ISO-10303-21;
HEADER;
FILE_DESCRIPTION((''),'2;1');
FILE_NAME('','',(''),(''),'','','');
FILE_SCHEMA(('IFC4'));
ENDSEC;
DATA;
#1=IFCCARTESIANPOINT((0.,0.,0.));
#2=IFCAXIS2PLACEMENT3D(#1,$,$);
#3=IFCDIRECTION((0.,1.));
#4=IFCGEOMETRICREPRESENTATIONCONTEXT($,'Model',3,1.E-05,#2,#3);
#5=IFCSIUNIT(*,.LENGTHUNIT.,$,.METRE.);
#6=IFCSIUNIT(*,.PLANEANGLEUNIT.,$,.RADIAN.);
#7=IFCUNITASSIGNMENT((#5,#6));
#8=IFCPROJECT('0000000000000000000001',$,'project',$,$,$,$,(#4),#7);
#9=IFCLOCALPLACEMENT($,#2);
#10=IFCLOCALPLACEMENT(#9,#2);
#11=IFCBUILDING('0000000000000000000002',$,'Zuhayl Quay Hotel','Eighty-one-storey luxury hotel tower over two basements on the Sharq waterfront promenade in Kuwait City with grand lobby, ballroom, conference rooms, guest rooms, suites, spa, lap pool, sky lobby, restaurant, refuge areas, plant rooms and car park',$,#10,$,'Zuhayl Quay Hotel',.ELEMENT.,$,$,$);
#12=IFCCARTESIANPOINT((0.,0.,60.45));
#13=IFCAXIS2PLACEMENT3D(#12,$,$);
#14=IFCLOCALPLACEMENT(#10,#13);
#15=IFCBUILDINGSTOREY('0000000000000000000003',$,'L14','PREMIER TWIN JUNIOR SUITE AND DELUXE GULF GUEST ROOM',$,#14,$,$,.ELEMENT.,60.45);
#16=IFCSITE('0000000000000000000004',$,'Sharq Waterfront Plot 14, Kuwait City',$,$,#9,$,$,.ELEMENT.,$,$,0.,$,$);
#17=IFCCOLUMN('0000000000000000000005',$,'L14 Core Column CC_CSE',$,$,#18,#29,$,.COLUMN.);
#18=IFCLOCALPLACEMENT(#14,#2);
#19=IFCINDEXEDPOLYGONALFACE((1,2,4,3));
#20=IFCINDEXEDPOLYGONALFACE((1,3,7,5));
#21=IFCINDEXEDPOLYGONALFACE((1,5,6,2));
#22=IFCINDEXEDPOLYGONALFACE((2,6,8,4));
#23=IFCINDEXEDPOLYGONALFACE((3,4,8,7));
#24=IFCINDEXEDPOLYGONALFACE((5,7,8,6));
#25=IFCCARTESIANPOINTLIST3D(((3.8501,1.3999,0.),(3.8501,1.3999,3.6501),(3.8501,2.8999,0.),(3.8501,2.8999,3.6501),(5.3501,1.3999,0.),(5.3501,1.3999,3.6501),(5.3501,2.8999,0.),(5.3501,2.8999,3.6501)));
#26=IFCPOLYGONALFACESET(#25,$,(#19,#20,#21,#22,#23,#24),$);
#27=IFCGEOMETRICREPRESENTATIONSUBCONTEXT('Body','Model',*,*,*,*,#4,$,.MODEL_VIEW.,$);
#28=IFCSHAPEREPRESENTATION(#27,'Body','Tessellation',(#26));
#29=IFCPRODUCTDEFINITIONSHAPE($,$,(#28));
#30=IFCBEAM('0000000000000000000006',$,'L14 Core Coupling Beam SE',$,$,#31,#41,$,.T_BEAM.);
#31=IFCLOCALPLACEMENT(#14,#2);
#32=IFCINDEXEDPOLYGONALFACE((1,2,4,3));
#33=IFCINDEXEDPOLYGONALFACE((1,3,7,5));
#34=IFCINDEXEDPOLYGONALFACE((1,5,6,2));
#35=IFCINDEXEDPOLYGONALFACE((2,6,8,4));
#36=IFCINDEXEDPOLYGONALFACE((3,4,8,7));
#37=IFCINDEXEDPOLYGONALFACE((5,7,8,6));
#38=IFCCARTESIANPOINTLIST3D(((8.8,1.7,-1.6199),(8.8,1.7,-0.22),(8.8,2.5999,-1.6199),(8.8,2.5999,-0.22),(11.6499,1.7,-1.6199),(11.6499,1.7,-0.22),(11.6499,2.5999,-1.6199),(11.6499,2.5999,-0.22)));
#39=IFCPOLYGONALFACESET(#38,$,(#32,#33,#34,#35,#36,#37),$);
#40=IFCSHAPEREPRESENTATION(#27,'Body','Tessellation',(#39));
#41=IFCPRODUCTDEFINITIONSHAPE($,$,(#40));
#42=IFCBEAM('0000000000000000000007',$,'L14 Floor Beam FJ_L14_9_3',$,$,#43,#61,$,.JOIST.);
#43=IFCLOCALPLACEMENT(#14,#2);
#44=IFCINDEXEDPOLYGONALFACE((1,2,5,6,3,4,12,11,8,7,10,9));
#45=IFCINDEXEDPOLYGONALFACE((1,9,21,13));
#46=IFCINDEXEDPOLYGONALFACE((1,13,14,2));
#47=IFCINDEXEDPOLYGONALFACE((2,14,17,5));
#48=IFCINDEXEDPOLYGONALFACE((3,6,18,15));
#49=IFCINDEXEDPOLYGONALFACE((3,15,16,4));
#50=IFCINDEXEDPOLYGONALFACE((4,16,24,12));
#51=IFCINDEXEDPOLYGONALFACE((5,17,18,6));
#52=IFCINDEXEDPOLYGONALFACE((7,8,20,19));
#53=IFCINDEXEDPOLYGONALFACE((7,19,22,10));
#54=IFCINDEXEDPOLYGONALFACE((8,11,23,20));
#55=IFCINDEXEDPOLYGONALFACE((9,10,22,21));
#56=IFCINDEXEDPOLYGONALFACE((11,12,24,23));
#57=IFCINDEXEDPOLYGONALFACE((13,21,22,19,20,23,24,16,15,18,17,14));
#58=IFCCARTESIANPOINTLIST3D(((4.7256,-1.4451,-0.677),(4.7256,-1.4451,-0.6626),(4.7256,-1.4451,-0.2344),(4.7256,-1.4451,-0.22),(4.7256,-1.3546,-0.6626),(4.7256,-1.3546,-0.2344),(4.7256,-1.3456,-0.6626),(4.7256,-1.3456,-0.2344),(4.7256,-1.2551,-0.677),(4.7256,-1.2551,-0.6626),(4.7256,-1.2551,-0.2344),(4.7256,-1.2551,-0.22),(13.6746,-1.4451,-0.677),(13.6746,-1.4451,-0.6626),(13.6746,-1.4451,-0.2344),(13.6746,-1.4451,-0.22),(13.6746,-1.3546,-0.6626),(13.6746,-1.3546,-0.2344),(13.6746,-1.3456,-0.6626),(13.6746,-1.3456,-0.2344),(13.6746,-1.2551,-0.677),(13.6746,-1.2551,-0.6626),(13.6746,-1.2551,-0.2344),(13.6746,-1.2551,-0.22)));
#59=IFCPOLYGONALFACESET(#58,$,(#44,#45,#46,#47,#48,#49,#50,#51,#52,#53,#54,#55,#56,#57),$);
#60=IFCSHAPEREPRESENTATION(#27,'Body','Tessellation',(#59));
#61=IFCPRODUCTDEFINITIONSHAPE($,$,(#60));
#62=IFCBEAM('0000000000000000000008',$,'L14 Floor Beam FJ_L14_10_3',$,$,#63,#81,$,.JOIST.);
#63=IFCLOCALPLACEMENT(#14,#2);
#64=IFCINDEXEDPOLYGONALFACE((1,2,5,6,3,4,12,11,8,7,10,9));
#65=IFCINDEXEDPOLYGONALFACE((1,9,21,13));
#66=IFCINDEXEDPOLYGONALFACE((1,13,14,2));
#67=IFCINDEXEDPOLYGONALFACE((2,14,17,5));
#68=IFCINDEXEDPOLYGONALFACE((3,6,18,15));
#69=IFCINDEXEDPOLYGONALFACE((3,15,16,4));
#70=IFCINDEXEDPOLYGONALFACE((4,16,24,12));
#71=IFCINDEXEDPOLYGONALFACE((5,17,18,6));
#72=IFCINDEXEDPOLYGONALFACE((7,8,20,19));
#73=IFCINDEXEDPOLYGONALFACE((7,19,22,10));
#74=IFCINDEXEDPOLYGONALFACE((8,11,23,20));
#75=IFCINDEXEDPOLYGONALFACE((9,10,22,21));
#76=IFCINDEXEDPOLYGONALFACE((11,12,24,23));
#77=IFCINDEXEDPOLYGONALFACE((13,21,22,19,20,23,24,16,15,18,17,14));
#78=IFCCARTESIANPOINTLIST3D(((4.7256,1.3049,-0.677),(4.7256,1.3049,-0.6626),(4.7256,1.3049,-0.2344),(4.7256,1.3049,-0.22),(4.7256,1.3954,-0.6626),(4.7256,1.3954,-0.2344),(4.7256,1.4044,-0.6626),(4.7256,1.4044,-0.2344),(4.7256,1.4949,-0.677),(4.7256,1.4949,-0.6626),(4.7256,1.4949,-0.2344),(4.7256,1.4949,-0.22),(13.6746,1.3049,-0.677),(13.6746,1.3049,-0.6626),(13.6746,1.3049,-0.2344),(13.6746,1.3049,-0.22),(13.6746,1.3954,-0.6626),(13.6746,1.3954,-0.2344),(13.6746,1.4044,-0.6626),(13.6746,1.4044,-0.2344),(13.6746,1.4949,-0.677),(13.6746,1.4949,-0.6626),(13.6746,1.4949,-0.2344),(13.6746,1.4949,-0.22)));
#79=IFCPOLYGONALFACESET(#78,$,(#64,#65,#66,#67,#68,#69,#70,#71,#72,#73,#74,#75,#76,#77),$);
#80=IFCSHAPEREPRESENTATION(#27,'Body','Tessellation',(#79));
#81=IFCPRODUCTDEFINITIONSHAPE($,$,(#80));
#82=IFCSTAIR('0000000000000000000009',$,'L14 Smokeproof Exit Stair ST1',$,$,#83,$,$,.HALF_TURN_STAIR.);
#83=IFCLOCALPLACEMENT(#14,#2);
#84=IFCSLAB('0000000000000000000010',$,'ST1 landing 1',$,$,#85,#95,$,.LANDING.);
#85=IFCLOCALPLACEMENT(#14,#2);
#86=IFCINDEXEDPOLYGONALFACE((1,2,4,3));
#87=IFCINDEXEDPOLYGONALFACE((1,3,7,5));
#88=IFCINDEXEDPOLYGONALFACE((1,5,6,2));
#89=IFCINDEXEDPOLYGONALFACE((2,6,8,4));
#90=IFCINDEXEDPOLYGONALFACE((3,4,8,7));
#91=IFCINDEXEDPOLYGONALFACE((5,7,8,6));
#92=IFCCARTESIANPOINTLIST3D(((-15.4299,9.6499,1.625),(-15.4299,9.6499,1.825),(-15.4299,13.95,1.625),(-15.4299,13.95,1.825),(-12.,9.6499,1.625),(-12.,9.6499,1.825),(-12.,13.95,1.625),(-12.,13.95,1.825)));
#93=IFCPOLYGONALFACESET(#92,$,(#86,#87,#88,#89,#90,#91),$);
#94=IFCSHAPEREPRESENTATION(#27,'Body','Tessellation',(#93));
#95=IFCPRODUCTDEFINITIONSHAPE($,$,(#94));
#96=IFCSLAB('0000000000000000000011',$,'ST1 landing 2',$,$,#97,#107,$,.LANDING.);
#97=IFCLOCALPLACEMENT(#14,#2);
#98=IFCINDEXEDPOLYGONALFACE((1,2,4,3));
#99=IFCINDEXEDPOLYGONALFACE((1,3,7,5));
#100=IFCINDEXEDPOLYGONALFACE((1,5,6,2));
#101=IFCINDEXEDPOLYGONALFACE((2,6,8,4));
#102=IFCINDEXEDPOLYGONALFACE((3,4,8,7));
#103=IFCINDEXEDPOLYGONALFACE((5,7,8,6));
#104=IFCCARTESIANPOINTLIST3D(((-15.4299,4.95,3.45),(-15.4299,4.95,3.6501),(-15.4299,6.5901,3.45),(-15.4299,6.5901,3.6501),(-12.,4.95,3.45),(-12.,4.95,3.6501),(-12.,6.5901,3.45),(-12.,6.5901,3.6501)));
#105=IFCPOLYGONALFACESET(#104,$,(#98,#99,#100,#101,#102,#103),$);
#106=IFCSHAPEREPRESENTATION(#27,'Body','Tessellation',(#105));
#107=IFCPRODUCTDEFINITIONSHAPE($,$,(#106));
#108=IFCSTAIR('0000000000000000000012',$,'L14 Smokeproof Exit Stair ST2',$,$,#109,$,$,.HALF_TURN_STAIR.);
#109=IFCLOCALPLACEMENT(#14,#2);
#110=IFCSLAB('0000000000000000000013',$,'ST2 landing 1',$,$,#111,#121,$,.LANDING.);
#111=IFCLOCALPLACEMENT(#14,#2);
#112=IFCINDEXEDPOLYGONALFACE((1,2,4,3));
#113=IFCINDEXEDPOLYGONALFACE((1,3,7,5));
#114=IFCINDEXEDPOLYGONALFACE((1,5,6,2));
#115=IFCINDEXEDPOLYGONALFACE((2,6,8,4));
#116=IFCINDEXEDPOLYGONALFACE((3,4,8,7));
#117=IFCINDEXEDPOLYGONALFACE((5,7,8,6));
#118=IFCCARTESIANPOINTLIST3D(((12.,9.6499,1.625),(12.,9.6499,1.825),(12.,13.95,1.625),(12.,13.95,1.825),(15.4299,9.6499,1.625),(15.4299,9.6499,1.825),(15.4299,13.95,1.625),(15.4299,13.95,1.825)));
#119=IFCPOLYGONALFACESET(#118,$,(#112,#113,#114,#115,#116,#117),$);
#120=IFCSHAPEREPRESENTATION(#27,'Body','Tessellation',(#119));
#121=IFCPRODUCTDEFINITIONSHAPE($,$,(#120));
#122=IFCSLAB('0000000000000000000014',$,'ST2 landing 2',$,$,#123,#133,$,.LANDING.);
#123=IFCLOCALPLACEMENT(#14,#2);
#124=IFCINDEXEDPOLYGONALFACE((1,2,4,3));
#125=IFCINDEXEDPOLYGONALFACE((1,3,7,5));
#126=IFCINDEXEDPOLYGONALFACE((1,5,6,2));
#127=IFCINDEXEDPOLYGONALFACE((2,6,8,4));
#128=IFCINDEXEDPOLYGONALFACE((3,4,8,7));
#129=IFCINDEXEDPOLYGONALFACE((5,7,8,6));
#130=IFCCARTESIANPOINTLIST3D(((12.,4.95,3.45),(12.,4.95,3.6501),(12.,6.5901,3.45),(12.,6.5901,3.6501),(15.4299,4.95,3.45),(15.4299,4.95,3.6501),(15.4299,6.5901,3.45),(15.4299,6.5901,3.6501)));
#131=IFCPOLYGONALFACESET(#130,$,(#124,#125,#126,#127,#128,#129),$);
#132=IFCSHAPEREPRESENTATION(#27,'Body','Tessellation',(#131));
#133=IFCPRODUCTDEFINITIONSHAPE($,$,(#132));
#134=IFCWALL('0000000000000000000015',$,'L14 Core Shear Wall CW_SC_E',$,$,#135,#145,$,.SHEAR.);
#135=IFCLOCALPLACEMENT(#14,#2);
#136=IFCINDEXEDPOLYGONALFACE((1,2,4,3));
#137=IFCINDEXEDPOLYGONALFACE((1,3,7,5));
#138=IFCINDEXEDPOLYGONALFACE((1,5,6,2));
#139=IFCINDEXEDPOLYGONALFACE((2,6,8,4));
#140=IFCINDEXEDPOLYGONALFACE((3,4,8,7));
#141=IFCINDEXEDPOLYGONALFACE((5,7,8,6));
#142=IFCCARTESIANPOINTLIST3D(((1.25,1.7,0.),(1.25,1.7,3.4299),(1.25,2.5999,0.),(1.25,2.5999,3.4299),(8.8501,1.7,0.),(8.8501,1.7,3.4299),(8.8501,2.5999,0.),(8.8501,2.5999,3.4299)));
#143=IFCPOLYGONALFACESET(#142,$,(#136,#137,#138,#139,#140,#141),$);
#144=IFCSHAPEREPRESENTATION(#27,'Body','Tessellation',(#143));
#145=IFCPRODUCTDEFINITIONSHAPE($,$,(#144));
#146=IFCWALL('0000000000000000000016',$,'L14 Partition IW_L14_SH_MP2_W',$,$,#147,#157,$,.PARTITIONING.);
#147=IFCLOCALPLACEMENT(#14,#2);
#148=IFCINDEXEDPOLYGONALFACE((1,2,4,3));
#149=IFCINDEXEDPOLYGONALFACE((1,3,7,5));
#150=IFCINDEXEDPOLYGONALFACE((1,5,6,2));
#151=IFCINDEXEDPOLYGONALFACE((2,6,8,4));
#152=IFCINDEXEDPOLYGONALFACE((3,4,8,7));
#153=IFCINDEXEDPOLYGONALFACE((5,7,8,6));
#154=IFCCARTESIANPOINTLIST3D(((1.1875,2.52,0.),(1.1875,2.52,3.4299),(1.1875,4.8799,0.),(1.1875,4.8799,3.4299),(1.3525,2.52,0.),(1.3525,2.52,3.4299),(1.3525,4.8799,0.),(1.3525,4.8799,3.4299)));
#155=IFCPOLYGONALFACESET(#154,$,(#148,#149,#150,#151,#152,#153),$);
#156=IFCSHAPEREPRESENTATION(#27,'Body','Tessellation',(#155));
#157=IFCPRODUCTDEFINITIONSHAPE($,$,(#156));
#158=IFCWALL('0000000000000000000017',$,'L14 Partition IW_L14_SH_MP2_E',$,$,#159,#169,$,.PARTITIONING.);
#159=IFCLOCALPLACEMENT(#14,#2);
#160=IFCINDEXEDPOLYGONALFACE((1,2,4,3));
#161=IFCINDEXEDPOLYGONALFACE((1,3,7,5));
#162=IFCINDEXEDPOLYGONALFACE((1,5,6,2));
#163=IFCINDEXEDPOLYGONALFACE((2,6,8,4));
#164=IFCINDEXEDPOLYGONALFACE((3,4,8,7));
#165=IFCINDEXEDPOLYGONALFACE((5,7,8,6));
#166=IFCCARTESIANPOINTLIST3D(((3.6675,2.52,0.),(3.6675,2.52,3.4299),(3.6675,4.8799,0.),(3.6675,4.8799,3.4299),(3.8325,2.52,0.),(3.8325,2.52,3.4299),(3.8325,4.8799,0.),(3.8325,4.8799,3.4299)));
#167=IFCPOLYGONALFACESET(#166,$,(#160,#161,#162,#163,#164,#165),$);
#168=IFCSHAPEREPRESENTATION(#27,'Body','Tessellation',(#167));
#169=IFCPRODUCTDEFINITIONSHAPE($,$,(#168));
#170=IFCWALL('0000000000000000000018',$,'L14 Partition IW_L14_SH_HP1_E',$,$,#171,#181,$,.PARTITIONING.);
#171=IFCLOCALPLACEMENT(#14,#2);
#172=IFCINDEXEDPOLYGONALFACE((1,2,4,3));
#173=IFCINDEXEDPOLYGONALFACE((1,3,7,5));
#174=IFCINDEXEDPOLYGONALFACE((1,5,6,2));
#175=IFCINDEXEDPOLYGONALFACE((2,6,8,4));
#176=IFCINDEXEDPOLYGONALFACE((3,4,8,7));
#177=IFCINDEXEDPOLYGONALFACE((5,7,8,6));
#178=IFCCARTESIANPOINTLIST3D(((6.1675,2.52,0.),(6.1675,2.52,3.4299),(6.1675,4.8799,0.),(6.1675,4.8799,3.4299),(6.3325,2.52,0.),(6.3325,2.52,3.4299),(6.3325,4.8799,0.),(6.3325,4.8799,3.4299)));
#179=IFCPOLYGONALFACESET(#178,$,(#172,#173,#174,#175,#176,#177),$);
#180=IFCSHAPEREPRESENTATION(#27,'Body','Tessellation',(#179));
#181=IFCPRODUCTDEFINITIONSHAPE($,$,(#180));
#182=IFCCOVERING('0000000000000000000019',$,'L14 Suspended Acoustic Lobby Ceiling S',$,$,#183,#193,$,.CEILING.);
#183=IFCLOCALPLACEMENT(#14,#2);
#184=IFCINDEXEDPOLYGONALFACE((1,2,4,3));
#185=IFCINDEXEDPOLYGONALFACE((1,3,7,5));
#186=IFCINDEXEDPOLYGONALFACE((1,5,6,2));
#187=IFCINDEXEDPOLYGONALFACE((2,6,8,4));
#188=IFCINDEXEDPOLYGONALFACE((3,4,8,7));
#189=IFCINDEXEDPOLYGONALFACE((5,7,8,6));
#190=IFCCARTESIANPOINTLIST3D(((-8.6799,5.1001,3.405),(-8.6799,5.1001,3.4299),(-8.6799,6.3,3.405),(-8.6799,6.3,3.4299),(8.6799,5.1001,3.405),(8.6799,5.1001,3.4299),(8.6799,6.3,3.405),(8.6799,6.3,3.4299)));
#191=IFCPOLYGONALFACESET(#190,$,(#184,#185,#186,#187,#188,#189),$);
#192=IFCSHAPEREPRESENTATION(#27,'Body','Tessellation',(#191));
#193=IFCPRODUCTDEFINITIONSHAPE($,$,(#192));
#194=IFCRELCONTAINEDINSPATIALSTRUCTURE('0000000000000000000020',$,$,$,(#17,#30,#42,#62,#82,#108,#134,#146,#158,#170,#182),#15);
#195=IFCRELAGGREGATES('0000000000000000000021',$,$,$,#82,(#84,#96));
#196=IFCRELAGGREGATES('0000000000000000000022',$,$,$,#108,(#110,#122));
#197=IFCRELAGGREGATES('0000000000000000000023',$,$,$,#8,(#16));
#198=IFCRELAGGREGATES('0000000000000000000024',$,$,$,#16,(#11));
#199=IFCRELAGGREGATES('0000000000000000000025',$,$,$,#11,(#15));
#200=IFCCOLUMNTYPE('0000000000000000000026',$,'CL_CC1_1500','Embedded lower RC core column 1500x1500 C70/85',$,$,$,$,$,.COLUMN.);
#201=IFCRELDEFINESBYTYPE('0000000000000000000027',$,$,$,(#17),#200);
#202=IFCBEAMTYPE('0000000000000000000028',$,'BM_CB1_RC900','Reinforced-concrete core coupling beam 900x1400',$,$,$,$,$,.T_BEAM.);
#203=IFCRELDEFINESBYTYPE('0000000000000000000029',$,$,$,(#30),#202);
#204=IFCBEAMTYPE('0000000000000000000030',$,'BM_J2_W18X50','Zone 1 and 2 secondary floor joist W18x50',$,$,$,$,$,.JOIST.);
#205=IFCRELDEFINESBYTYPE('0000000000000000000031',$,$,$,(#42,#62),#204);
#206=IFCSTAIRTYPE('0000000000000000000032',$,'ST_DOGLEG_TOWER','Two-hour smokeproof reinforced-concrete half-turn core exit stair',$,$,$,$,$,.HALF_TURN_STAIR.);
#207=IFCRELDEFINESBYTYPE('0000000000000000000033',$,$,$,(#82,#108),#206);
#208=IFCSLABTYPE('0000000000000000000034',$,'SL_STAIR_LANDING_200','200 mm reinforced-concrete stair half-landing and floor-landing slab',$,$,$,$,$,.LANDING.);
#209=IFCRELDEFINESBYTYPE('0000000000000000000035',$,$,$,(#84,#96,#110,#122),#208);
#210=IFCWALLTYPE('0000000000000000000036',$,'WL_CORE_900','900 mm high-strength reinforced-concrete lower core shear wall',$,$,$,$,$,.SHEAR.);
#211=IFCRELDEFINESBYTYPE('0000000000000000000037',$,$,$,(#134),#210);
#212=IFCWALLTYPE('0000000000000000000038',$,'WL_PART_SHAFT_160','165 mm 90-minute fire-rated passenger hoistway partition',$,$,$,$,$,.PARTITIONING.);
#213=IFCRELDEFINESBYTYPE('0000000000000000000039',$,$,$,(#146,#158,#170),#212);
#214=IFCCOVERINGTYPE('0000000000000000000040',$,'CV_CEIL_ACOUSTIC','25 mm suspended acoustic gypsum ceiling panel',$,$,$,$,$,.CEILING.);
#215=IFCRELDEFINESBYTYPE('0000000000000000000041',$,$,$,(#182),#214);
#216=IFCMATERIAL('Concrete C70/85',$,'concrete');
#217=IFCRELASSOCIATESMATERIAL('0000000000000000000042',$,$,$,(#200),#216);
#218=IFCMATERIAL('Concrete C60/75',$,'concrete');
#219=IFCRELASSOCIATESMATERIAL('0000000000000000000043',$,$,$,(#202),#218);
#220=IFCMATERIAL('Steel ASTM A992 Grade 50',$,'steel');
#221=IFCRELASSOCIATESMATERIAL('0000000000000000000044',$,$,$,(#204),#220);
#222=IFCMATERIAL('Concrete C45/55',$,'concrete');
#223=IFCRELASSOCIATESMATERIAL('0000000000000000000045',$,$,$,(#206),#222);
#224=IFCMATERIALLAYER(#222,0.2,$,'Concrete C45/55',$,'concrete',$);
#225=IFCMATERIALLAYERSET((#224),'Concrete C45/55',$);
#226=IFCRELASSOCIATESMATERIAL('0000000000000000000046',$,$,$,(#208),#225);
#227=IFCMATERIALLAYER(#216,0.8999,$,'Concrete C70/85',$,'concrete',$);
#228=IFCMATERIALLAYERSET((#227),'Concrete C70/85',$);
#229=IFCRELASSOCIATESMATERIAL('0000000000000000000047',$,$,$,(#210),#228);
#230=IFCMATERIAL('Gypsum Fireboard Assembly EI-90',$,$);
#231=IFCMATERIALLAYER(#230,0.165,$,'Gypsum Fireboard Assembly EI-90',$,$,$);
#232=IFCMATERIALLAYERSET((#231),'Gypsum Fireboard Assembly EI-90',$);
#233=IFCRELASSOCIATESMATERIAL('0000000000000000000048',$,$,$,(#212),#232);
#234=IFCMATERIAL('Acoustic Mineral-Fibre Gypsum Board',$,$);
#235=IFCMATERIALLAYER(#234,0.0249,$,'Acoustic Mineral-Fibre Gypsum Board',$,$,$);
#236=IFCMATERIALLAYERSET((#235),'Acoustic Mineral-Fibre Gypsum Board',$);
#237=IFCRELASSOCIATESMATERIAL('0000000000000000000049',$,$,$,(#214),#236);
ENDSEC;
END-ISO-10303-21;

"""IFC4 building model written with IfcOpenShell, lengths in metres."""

from ifc_helpers import new_model, si_unit, direction, frame, frame_2d, origin, origin_2d, place, context, subcontext, project, spatial, polyline, rectangle, i_section, outline, extrude, material, layer, layer_set, material_profile, profile_set, type_object, element, aggregate, save


model = new_model("IFC4")

# Units and contexts
model_context = context("Model", 3, precision=1e-05, world=origin(), true_north=direction((0.0, 1.0)))
body_context = subcontext(model_context, "Body", "Model", "MODEL_VIEW")
ifc_project = project(units=[si_unit("LENGTHUNIT", "METRE"), si_unit("PLANEANGLEUNIT", "RADIAN")], contexts=[model_context])

# Site, building, storey
site_placement = place(None, origin())
site = spatial("IfcSite", under=ifc_project, at=site_placement, Name="Sharq Waterfront Plot 14, Kuwait City", CompositionType="ELEMENT", RefElevation=0.0)
building_placement = place(site_placement, origin())
building = spatial("IfcBuilding", under=site, at=building_placement, Name="Zuhayl Quay Hotel", Description="Eighty-one-storey luxury hotel tower over two basements on the Sharq waterfront promenade in Kuwait City with grand lobby, ballroom, conference rooms, guest rooms, suites, spa, lap pool, sky lobby, restaurant, refuge areas, plant rooms and car park", LongName="Zuhayl Quay Hotel", CompositionType="ELEMENT")
storey_placement = place(building_placement, frame((0.0, 0.0, 60.45)))
storey = spatial("IfcBuildingStorey", under=building, at=storey_placement, Name="L14", Description="PREMIER TWIN JUNIOR SUITE AND DELUXE GULF GUEST ROOM", CompositionType="ELEMENT", Elevation=60.45)

# Column
ifc_material_1 = material(Name="Concrete C70/85", Category="concrete")
ifc_material_profile_1 = material_profile(ifc_material_1, rectangle(XDim=1.5, YDim=1.5, at=origin_2d()), Name="RC1500X1500")
ifc_profile_set_1 = profile_set([ifc_material_profile_1], Name="Concrete C70/85")
column_type = type_object("IfcColumnType", Name="CL_CC1_1500", Description="Embedded lower RC core column 1500x1500 C70/85", PredefinedType="COLUMN", material=ifc_profile_set_1)
column_placement = place(storey_placement, frame((4.6001, 2.1499, 0.0), z_axis=(0.0, 0.0, 1.0), x_axis=(1.0, 0.0, 0.0)))
element("IfcColumn", 1, at=column_placement, inside=storey, type_object=column_type, Name="L14 Core Column CC_CSE", PredefinedType="COLUMN", context=body_context, shape_type="SweptSolid", body=[
    extrude(rectangle(XDim=1.5, YDim=1.5, at=origin_2d()), origin(), (0.0, 0.0, 1.0), 3.6501),
])

# Beams
ifc_material_2 = material(Name="Concrete C60/75", Category="concrete")
ifc_material_profile_2 = material_profile(ifc_material_2, rectangle(XDim=0.8999, YDim=1.3999, at=origin_2d()), Name="RC900X1400")
ifc_profile_set_2 = profile_set([ifc_material_profile_2], Name="Concrete C60/75")
beam_type_1 = type_object("IfcBeamType", Name="BM_CB1_RC900", Description="Reinforced-concrete core coupling beam 900x1400", PredefinedType="T_BEAM", material=ifc_profile_set_2)
beam_placement = place(storey_placement, frame((8.8, 2.1499, -0.9199), z_axis=(1.0, 0.0, 0.0), x_axis=(0.0, 1.0, 0.0)))
element("IfcBeam", 2, at=beam_placement, inside=storey, type_object=beam_type_1, Name="L14 Core Coupling Beam SE", PredefinedType="T_BEAM", context=body_context, shape_type="SweptSolid", body=[
    extrude(rectangle(XDim=0.8999, YDim=1.3999, at=origin_2d()), origin(), (0.0, 0.0, 1.0), 2.8499),
])
ifc_material_3 = material(Name="Steel ASTM A992 Grade 50", Category="steel")
ifc_material_profile_3 = material_profile(ifc_material_3, i_section(OverallWidth=0.1899, OverallDepth=0.457, WebThickness=0.009, FlangeThickness=0.0144, at=origin_2d()), Name="W18X50")
ifc_profile_set_3 = profile_set([ifc_material_profile_3], Name="Steel ASTM A992 Grade 50")
beam_type_2 = type_object("IfcBeamType", Name="BM_J2_W18X50", Description="Zone 1 and 2 secondary floor joist W18x50", PredefinedType="JOIST", material=ifc_profile_set_3)
for number, where, z_axis, x_axis, name in (
    (3, (4.7256, -1.3501, -0.4485), (1.0, 0.0, 0.0), (0.0, 1.0, 0.0), "L14 Floor Beam FJ_L14_9_3"),
    (4, (4.7256, 1.3999, -0.4485), (1.0, 0.0, 0.0), (0.0, 1.0, 0.0), "L14 Floor Beam FJ_L14_10_3"),
):
    element("IfcBeam", number, at=place(storey_placement, frame(where, z_axis=z_axis, x_axis=x_axis)), inside=storey, type_object=beam_type_2, Name=name, PredefinedType="JOIST", context=body_context, shape_type="SweptSolid", body=[
        extrude(i_section(OverallWidth=0.1899, OverallDepth=0.457, WebThickness=0.009, FlangeThickness=0.0144, at=origin_2d()), origin(), (0.0, 0.0, 1.0), 8.949),
    ])

# Stairs, slabs
ifc_material_4 = material(Name="Concrete C45/55", Category="concrete")
stair_type = type_object("IfcStairType", Name="ST_DOGLEG_TOWER", Description="Two-hour smokeproof reinforced-concrete half-turn core exit stair", PredefinedType="HALF_TURN_STAIR", material=ifc_material_4)
stair_1_placement = place(storey_placement, origin())
stair_1 = element("IfcStair", 5, at=stair_1_placement, inside=storey, type_object=stair_type, Name="L14 Smokeproof Exit Stair ST1", PredefinedType="HALF_TURN_STAIR")
ifc_layer_1 = layer(ifc_material_4, 0.2, Name="Concrete C45/55", Category="concrete")
ifc_layer_set_1 = layer_set([ifc_layer_1], Name="Concrete C45/55")
slab_type = type_object("IfcSlabType", Name="SL_STAIR_LANDING_200", Description="200 mm reinforced-concrete stair half-landing and floor-landing slab", PredefinedType="LANDING", material=ifc_layer_set_1)
slab_1_placement = place(storey_placement, frame((0.0, 0.0, 1.625)))
slab_1 = element("IfcSlab", 6, at=slab_1_placement, type_object=slab_type, Name="ST1 landing 1", PredefinedType="LANDING", context=body_context, shape_type="SweptSolid", body=[
    extrude(outline(polyline([(-12.0, 9.6499), (-12.0, 13.95), (-15.4299, 13.95), (-15.4299, 9.6499), (-12.0, 9.6499)])), origin(), (0.0, 0.0, 1.0), 0.2),
])
slab_2_placement = place(storey_placement, frame((0.0, 0.0, 3.45)))
slab_2 = element("IfcSlab", 7, at=slab_2_placement, type_object=slab_type, Name="ST1 landing 2", PredefinedType="LANDING", context=body_context, shape_type="SweptSolid", body=[
    extrude(outline(polyline([(-12.0, 4.95), (-12.0, 6.5901), (-15.4299, 6.5901), (-15.4299, 4.95), (-12.0, 4.95)])), origin(), (0.0, 0.0, 1.0), 0.2002),
])
aggregate(stair_1, [slab_1, slab_2])
stair_2_placement = place(storey_placement, origin())
stair_2 = element("IfcStair", 8, at=stair_2_placement, inside=storey, type_object=stair_type, Name="L14 Smokeproof Exit Stair ST2", PredefinedType="HALF_TURN_STAIR")
slab_3_placement = place(storey_placement, frame((0.0, 0.0, 1.625)))
slab_3 = element("IfcSlab", 9, at=slab_3_placement, type_object=slab_type, Name="ST2 landing 1", PredefinedType="LANDING", context=body_context, shape_type="SweptSolid", body=[
    extrude(outline(polyline([(15.4299, 9.6499), (15.4299, 13.95), (12.0, 13.95), (12.0, 9.6499), (15.4299, 9.6499)])), origin(), (0.0, 0.0, 1.0), 0.2),
])
slab_4_placement = place(storey_placement, frame((0.0, 0.0, 3.45)))
slab_4 = element("IfcSlab", 10, at=slab_4_placement, type_object=slab_type, Name="ST2 landing 2", PredefinedType="LANDING", context=body_context, shape_type="SweptSolid", body=[
    extrude(outline(polyline([(15.4299, 4.95), (15.4299, 6.5901), (12.0, 6.5901), (12.0, 4.95), (15.4299, 4.95)])), origin(), (0.0, 0.0, 1.0), 0.2002),
])
aggregate(stair_2, [slab_3, slab_4])

# Wall
ifc_layer_2 = layer(ifc_material_1, 0.8999, Name="Concrete C70/85", Category="concrete")
ifc_layer_set_2 = layer_set([ifc_layer_2], Name="Concrete C70/85")
wall_type_1 = type_object("IfcWallType", Name="WL_CORE_900", Description="900 mm high-strength reinforced-concrete lower core shear wall", PredefinedType="SHEAR", material=ifc_layer_set_2)
wall_1_placement = place(storey_placement, frame((1.25, 2.1499, 0.0), z_axis=(0.0, 0.0, 1.0), x_axis=(1.0, 0.0, 0.0)))
element("IfcWall", 11, at=wall_1_placement, inside=storey, type_object=wall_type_1, Name="L14 Core Shear Wall CW_SC_E", PredefinedType="SHEAR", context=body_context, shape_type="SweptSolid", body=[
    extrude(rectangle(XDim=7.6001, YDim=0.8999, at=frame_2d((3.8, 0.0))), origin(), (0.0, 0.0, 1.0), 3.4299),
])

# Walls
ifc_material_5 = material(Name="Gypsum Fireboard Assembly EI-90")
ifc_layer_3 = layer(ifc_material_5, 0.165, Name="Gypsum Fireboard Assembly EI-90")
ifc_layer_set_3 = layer_set([ifc_layer_3], Name="Gypsum Fireboard Assembly EI-90")
wall_type_2 = type_object("IfcWallType", Name="WL_PART_SHAFT_160", Description="165 mm 90-minute fire-rated passenger hoistway partition", PredefinedType="PARTITIONING", material=ifc_layer_set_3)
for number, where, z_axis, x_axis, name in (
    (12, (1.27, 2.52, 0.0), (0.0, 0.0, 1.0), (0.0, 1.0, 0.0), "L14 Partition IW_L14_SH_MP2_W"),
    (13, (3.75, 2.52, 0.0), (0.0, 0.0, 1.0), (0.0, 1.0, 0.0), "L14 Partition IW_L14_SH_MP2_E"),
    (14, (6.25, 2.52, 0.0), (0.0, 0.0, 1.0), (0.0, 1.0, 0.0), "L14 Partition IW_L14_SH_HP1_E"),
):
    element("IfcWall", number, at=place(storey_placement, frame(where, z_axis=z_axis, x_axis=x_axis)), inside=storey, type_object=wall_type_2, Name=name, PredefinedType="PARTITIONING", context=body_context, shape_type="SweptSolid", body=[
        extrude(rectangle(XDim=2.3599, YDim=0.165, at=frame_2d((1.1799, 0.0))), origin(), (0.0, 0.0, 1.0), 3.4299),
    ])

# Covering
ifc_material_6 = material(Name="Acoustic Mineral-Fibre Gypsum Board")
ifc_layer_4 = layer(ifc_material_6, 0.0249, Name="Acoustic Mineral-Fibre Gypsum Board")
ifc_layer_set_4 = layer_set([ifc_layer_4], Name="Acoustic Mineral-Fibre Gypsum Board")
covering_type_1 = type_object("IfcCoveringType", Name="CV_CEIL_ACOUSTIC", Description="25 mm suspended acoustic gypsum ceiling panel", PredefinedType="CEILING", material=ifc_layer_set_4)
covering_1_placement = place(storey_placement, frame((0.0, 0.0, 3.405)))
element("IfcCovering", 15, at=covering_1_placement, inside=storey, type_object=covering_type_1, Name="L14 Suspended Acoustic Lobby Ceiling S", PredefinedType="CEILING", context=body_context, shape_type="SweptSolid", body=[
    extrude(outline(polyline([(-8.6799, 5.1001), (8.6799, 5.1001), (8.6799, 6.3), (-8.6799, 6.3), (-8.6799, 5.1001)])), origin(), (0.0, 0.0, 1.0), 0.0249),
])

save(model, "model.ifc")
